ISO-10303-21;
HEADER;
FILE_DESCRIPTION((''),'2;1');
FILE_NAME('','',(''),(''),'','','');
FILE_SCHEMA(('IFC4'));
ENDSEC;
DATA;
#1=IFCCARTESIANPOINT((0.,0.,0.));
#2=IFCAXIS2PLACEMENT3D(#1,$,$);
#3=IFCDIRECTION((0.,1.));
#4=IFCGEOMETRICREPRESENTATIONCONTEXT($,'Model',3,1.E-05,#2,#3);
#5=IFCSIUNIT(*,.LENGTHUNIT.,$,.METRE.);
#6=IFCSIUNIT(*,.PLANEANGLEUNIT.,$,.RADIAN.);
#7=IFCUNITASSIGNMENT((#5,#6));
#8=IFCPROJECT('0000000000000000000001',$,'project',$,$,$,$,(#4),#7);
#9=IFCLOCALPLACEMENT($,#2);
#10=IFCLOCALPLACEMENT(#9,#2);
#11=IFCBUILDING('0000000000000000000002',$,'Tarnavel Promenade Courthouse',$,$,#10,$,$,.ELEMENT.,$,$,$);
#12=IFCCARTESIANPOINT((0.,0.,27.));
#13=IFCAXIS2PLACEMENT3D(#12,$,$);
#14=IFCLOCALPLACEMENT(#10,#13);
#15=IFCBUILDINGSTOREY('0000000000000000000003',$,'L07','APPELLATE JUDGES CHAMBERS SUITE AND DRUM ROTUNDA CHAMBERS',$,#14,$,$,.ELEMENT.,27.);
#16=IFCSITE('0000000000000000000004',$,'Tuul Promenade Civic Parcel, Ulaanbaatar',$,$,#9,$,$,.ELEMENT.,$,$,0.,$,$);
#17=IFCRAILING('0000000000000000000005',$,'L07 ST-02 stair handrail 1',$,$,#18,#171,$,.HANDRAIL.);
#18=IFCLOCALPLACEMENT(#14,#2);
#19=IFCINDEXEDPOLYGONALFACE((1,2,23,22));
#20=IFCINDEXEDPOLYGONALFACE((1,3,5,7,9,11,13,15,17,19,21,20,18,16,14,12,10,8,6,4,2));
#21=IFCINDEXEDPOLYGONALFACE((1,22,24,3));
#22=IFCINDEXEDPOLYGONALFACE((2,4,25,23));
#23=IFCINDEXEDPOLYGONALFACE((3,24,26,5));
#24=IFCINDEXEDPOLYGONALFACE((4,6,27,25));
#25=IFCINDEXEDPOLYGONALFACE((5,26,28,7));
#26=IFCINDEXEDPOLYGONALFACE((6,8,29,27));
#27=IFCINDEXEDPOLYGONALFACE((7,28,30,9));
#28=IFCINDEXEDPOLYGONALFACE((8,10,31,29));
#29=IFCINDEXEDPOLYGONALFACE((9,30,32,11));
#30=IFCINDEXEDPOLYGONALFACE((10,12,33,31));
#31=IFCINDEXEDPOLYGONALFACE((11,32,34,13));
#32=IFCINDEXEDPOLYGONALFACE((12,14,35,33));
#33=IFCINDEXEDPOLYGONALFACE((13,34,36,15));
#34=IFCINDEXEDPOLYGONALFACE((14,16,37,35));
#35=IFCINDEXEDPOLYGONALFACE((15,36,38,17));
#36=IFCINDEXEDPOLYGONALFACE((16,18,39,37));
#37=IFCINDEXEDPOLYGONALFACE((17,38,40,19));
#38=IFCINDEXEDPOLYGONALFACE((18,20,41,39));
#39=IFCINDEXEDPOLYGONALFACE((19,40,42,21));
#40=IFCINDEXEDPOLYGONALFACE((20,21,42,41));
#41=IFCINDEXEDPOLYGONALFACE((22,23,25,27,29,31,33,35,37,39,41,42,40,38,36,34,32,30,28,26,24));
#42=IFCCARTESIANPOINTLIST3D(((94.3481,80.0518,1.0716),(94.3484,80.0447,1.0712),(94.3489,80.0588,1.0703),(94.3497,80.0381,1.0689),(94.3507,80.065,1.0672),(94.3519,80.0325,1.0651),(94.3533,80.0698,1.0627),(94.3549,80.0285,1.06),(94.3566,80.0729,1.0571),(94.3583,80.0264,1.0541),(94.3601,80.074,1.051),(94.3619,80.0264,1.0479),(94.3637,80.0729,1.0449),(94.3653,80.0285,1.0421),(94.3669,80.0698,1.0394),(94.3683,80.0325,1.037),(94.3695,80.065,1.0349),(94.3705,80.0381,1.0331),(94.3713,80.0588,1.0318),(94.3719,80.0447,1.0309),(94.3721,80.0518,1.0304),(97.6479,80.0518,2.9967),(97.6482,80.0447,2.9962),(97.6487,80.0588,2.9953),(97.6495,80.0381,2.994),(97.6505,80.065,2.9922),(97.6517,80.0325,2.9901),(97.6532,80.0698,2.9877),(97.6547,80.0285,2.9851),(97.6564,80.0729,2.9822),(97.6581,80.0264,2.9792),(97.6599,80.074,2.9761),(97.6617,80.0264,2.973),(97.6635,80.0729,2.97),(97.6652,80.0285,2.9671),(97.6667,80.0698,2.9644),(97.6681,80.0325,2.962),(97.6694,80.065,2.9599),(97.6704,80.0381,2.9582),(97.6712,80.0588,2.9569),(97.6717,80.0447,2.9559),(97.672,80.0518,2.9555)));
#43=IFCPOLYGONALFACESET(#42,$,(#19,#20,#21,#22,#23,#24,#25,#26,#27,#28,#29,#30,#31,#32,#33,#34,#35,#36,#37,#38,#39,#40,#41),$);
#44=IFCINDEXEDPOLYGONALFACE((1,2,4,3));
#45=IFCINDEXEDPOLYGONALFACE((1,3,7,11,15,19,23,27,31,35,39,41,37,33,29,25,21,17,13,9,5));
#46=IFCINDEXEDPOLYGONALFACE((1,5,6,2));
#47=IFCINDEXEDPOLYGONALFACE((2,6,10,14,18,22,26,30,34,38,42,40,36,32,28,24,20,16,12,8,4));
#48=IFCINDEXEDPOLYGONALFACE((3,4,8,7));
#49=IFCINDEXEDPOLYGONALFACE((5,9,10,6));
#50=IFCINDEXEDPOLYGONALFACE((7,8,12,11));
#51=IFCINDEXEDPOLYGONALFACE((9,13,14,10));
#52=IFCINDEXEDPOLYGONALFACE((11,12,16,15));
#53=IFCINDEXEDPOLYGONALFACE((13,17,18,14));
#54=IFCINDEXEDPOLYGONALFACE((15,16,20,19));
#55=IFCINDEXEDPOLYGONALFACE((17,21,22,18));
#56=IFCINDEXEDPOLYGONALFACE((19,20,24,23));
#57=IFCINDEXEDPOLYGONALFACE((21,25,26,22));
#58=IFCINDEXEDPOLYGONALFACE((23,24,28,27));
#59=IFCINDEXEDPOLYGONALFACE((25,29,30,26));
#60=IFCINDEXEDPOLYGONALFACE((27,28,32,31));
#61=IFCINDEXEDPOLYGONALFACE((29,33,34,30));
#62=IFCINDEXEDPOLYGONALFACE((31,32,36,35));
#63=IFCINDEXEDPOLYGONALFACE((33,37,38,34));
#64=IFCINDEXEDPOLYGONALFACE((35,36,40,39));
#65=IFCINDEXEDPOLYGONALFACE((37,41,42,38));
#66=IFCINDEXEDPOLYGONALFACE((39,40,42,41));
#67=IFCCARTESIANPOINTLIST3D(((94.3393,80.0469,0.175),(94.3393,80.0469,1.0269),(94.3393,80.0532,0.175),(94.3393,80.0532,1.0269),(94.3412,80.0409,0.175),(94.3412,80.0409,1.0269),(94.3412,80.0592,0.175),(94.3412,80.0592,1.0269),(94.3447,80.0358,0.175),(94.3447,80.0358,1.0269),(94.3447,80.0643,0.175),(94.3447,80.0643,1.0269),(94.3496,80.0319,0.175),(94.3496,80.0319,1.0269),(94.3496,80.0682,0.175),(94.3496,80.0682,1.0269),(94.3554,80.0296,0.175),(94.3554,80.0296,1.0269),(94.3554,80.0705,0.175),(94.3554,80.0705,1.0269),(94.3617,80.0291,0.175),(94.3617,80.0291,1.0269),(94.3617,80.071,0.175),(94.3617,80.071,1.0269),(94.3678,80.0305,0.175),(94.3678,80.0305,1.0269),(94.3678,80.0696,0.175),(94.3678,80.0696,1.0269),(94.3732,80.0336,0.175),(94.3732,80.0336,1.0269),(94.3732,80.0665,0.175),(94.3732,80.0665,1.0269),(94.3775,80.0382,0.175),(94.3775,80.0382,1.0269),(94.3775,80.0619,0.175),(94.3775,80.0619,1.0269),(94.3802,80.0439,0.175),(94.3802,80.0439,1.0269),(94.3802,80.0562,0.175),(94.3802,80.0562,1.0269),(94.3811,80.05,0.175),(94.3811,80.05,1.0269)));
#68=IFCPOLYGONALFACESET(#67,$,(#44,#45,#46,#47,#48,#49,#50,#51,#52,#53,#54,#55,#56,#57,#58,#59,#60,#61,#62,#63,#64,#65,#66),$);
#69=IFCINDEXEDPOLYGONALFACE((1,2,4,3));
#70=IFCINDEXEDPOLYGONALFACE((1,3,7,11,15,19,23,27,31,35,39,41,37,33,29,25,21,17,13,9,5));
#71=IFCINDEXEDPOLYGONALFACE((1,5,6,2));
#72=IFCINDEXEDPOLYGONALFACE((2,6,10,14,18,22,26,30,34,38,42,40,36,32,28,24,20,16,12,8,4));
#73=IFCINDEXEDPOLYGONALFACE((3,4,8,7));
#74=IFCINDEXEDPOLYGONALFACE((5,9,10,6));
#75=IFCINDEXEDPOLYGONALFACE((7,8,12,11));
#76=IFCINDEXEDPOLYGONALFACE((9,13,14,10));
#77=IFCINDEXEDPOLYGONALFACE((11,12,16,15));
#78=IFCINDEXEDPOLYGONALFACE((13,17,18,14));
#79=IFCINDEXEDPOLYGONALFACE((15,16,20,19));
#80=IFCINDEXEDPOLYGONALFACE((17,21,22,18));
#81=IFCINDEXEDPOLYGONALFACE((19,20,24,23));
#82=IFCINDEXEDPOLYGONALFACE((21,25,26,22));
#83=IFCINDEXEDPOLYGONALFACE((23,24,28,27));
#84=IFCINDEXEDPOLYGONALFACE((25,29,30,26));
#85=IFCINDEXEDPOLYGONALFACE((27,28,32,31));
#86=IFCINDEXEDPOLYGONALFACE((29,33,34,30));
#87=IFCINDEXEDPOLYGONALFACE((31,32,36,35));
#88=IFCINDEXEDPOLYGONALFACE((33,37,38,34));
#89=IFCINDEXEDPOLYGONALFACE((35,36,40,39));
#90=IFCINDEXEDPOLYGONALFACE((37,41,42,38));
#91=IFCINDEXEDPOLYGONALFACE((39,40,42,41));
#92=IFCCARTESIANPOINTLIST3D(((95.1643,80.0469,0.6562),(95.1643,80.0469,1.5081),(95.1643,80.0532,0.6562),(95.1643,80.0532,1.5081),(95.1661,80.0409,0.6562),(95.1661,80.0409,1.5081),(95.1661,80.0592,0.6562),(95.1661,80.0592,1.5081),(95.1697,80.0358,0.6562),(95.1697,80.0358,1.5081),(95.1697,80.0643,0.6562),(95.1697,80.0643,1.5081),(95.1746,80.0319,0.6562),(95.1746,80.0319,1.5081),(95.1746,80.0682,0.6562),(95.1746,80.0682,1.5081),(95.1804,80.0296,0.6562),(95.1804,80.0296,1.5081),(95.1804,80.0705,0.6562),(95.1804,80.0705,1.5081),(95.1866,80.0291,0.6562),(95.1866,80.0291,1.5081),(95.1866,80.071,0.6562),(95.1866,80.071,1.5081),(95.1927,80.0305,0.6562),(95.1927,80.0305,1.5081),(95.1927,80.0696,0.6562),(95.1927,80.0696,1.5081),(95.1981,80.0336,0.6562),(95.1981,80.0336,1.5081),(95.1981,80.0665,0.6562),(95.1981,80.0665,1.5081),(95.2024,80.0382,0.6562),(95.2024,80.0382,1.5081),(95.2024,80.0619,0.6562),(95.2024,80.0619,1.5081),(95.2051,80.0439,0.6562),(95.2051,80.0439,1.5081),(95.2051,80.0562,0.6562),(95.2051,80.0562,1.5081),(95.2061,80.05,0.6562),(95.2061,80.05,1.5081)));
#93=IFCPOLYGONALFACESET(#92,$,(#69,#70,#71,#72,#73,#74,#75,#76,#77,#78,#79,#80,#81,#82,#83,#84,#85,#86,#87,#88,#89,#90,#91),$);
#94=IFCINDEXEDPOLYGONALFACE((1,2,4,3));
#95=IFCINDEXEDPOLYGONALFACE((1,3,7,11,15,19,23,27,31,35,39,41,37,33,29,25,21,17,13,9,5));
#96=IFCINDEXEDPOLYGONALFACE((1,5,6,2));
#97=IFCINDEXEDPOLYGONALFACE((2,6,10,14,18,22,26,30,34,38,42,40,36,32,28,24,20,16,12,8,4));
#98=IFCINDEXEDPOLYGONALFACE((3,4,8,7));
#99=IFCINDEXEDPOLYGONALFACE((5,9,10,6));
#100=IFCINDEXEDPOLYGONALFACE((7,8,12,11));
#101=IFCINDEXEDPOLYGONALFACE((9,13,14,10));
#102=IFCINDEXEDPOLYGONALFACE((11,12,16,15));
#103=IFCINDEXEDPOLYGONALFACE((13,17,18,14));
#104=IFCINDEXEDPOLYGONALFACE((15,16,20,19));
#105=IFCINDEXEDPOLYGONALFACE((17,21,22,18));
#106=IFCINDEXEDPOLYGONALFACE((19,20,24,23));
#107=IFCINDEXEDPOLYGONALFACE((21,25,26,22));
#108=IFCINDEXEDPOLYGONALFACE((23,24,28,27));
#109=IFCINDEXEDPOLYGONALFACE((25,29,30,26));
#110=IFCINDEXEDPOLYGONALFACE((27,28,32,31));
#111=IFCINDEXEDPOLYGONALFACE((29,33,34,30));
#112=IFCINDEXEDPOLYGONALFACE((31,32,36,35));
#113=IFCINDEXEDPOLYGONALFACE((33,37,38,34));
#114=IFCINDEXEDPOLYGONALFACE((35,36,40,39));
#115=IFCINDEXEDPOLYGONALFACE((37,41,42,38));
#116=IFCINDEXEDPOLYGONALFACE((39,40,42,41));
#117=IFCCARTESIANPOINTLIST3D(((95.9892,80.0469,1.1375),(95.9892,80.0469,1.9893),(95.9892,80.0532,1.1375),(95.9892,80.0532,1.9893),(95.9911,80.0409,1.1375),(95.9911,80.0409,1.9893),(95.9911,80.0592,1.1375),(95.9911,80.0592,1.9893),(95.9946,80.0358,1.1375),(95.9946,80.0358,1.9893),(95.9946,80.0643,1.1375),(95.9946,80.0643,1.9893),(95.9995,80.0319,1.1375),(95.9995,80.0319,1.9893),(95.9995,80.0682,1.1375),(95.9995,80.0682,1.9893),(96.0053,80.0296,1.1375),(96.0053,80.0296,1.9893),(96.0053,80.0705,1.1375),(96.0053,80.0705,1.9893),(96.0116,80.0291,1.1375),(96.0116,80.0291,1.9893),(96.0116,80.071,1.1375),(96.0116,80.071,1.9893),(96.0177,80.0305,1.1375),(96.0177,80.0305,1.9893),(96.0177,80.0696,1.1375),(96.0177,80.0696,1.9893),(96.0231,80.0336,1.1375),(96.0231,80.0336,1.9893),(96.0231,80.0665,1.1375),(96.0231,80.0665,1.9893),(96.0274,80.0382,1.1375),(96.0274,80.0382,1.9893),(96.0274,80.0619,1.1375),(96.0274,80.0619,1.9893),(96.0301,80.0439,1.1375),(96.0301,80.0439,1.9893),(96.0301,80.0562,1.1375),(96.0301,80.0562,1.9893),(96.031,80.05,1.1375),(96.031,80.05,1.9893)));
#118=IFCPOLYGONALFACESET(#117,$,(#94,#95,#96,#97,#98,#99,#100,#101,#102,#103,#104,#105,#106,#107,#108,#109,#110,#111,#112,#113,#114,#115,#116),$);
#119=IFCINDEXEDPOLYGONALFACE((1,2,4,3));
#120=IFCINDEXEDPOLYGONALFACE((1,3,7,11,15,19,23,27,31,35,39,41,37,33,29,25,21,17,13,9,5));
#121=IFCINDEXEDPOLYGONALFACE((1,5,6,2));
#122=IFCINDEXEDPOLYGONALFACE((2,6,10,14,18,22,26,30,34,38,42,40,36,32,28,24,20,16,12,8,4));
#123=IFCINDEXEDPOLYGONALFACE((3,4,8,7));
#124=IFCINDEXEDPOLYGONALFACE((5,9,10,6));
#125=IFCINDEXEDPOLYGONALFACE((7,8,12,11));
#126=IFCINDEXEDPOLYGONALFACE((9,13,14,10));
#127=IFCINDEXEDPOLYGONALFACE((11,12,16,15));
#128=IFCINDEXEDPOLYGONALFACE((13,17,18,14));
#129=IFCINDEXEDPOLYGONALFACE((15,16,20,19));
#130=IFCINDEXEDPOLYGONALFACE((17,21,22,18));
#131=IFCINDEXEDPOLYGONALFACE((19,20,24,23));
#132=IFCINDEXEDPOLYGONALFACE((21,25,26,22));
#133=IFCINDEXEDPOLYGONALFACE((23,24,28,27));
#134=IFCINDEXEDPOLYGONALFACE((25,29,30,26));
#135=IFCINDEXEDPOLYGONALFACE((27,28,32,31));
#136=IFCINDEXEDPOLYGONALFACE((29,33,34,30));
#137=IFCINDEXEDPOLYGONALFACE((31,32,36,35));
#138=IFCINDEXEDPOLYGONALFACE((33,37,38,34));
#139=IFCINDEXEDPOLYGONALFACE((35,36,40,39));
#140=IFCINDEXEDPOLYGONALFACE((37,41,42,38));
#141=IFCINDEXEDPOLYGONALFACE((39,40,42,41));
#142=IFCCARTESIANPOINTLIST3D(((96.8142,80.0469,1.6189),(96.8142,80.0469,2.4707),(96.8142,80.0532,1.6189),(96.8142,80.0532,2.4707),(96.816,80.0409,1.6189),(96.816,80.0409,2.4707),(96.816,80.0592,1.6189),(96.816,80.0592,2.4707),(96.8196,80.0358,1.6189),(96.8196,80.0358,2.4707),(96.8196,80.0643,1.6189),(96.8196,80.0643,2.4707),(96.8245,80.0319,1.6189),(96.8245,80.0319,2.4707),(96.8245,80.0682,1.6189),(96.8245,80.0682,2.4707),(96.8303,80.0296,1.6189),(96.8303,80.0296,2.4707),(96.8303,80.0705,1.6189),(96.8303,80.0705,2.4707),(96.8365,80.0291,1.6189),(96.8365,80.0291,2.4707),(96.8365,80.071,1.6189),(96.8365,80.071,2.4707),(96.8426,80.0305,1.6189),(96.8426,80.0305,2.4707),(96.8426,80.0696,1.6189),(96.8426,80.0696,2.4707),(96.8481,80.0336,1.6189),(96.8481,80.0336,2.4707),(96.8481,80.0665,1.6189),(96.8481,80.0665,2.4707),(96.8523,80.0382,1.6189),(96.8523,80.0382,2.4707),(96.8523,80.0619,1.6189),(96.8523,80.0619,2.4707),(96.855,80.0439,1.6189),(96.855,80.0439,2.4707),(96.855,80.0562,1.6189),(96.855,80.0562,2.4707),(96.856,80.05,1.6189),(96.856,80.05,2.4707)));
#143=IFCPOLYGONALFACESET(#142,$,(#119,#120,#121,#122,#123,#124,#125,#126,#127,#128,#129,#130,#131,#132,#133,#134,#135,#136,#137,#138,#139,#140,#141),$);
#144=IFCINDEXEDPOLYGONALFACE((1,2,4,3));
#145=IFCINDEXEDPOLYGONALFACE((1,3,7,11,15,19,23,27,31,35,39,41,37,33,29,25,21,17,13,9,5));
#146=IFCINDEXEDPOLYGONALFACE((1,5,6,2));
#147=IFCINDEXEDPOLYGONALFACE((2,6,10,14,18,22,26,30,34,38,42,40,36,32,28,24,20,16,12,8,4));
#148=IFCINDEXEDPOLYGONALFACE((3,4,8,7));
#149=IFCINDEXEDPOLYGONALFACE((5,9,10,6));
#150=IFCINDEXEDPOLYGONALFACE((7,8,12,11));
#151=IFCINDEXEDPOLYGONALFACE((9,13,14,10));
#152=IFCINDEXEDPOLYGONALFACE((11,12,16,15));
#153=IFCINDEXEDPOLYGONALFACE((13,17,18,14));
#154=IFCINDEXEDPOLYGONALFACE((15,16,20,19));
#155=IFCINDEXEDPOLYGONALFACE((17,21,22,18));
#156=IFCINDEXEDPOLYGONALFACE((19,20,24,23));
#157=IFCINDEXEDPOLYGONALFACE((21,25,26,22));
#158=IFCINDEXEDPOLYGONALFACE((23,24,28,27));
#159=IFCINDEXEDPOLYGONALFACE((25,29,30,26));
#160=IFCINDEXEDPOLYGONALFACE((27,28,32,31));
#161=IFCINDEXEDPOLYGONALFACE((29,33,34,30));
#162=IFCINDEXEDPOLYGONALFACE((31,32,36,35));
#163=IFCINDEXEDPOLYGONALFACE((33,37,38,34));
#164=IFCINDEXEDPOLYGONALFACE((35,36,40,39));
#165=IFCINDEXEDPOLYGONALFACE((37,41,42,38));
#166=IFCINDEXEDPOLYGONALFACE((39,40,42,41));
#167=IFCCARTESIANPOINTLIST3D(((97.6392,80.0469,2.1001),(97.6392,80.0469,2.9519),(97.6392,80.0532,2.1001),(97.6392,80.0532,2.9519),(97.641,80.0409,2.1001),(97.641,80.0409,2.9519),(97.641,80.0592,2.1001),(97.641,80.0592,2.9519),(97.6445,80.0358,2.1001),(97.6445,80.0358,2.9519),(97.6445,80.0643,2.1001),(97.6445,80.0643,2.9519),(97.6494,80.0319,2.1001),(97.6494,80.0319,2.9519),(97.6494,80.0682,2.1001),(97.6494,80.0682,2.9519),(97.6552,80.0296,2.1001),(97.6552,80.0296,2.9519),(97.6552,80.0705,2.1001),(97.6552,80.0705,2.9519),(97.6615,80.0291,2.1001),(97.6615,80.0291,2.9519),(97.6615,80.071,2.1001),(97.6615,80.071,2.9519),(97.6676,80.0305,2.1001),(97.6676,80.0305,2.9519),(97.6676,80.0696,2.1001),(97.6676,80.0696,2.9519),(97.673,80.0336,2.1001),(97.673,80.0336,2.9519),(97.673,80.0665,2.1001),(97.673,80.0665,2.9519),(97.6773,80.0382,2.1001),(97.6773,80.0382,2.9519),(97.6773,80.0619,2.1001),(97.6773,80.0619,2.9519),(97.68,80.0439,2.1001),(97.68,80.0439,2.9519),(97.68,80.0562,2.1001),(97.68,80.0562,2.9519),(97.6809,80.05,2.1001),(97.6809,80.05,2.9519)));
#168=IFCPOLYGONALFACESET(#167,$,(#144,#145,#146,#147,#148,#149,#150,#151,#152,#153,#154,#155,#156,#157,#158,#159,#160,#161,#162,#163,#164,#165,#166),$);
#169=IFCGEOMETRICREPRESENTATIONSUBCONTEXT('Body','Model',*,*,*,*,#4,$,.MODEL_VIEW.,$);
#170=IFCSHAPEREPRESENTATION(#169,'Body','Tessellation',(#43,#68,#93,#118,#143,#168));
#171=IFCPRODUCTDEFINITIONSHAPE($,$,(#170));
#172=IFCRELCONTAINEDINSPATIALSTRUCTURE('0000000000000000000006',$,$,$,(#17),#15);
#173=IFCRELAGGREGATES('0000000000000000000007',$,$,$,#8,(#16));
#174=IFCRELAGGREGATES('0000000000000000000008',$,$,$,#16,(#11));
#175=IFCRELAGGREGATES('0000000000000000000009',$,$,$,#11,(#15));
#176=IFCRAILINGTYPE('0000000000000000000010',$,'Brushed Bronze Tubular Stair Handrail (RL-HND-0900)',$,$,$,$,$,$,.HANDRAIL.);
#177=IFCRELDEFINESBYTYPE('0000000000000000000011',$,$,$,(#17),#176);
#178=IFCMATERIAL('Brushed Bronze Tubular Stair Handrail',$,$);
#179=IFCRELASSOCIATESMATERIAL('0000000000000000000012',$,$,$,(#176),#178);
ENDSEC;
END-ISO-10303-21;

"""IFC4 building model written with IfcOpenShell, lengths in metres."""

from ifc_helpers import new_model, si_unit, direction, frame, origin, origin_2d, place, context, subcontext, project, spatial, circle, extrude, material, type_object, element, save


model = new_model("IFC4")

# Units and contexts
model_context = context("Model", 3, precision=1e-05, world=origin(), true_north=direction((0.0, 1.0)))
body_context = subcontext(model_context, "Body", "Model", "MODEL_VIEW")
ifc_project = project(units=[si_unit("LENGTHUNIT", "METRE"), si_unit("PLANEANGLEUNIT", "RADIAN")], contexts=[model_context])

# Site, building, storey
site_placement = place(None, origin())
site = spatial("IfcSite", under=ifc_project, at=site_placement, Name="Tuul Promenade Civic Parcel, Ulaanbaatar", CompositionType="ELEMENT", RefElevation=0.0)
building_placement = place(site_placement, origin())
building = spatial("IfcBuilding", under=site, at=building_placement, Name="Tarnavel Promenade Courthouse", CompositionType="ELEMENT")
storey_placement = place(building_placement, frame((0.0, 0.0, 27.0)))
storey = spatial("IfcBuildingStorey", under=building, at=storey_placement, Name="L07", Description="APPELLATE JUDGES CHAMBERS SUITE AND DRUM ROTUNDA CHAMBERS", CompositionType="ELEMENT", Elevation=27.0)

# Railing
ifc_material_1 = material(Name="Brushed Bronze Tubular Stair Handrail")
railing_type_1 = type_object("IfcRailingType", Name="Brushed Bronze Tubular Stair Handrail (RL-HND-0900)", PredefinedType="HANDRAIL", material=ifc_material_1)
railing_1_placement = place(storey_placement, frame((94.3601, 80.05, 0.175)))
element("IfcRailing", 1, at=railing_1_placement, inside=storey, type_object=railing_type_1, Name="L07 ST-02 stair handrail 1", PredefinedType="HANDRAIL", context=body_context, shape_type="SweptSolid", body=[
    extrude(circle(Radius=0.0239, at=origin_2d()), frame((0.0, 0.0, 0.876), z_axis=(0.86376, 0.0, 0.503903), x_axis=(0.0, 1.0, 0.0)), (0.0, 0.0, 1.0), 3.8203),
    extrude(circle(Radius=0.021, at=origin_2d()), origin(), (0.0, 0.0, 1.0), 0.8518),
    extrude(circle(Radius=0.021, at=origin_2d()), frame((0.825, 0.0, 0.4812)), (0.0, 0.0, 1.0), 0.8518),
    extrude(circle(Radius=0.021, at=origin_2d()), frame((1.6499, 0.0, 0.9624)), (0.0, 0.0, 1.0), 0.8518),
    extrude(circle(Radius=0.021, at=origin_2d()), frame((2.4749, 0.0, 1.4438)), (0.0, 0.0, 1.0), 0.8518),
    extrude(circle(Radius=0.021, at=origin_2d()), frame((3.2998, 0.0, 1.925)), (0.0, 0.0, 1.0), 0.8518),
])

save(model, "model.ifc")
